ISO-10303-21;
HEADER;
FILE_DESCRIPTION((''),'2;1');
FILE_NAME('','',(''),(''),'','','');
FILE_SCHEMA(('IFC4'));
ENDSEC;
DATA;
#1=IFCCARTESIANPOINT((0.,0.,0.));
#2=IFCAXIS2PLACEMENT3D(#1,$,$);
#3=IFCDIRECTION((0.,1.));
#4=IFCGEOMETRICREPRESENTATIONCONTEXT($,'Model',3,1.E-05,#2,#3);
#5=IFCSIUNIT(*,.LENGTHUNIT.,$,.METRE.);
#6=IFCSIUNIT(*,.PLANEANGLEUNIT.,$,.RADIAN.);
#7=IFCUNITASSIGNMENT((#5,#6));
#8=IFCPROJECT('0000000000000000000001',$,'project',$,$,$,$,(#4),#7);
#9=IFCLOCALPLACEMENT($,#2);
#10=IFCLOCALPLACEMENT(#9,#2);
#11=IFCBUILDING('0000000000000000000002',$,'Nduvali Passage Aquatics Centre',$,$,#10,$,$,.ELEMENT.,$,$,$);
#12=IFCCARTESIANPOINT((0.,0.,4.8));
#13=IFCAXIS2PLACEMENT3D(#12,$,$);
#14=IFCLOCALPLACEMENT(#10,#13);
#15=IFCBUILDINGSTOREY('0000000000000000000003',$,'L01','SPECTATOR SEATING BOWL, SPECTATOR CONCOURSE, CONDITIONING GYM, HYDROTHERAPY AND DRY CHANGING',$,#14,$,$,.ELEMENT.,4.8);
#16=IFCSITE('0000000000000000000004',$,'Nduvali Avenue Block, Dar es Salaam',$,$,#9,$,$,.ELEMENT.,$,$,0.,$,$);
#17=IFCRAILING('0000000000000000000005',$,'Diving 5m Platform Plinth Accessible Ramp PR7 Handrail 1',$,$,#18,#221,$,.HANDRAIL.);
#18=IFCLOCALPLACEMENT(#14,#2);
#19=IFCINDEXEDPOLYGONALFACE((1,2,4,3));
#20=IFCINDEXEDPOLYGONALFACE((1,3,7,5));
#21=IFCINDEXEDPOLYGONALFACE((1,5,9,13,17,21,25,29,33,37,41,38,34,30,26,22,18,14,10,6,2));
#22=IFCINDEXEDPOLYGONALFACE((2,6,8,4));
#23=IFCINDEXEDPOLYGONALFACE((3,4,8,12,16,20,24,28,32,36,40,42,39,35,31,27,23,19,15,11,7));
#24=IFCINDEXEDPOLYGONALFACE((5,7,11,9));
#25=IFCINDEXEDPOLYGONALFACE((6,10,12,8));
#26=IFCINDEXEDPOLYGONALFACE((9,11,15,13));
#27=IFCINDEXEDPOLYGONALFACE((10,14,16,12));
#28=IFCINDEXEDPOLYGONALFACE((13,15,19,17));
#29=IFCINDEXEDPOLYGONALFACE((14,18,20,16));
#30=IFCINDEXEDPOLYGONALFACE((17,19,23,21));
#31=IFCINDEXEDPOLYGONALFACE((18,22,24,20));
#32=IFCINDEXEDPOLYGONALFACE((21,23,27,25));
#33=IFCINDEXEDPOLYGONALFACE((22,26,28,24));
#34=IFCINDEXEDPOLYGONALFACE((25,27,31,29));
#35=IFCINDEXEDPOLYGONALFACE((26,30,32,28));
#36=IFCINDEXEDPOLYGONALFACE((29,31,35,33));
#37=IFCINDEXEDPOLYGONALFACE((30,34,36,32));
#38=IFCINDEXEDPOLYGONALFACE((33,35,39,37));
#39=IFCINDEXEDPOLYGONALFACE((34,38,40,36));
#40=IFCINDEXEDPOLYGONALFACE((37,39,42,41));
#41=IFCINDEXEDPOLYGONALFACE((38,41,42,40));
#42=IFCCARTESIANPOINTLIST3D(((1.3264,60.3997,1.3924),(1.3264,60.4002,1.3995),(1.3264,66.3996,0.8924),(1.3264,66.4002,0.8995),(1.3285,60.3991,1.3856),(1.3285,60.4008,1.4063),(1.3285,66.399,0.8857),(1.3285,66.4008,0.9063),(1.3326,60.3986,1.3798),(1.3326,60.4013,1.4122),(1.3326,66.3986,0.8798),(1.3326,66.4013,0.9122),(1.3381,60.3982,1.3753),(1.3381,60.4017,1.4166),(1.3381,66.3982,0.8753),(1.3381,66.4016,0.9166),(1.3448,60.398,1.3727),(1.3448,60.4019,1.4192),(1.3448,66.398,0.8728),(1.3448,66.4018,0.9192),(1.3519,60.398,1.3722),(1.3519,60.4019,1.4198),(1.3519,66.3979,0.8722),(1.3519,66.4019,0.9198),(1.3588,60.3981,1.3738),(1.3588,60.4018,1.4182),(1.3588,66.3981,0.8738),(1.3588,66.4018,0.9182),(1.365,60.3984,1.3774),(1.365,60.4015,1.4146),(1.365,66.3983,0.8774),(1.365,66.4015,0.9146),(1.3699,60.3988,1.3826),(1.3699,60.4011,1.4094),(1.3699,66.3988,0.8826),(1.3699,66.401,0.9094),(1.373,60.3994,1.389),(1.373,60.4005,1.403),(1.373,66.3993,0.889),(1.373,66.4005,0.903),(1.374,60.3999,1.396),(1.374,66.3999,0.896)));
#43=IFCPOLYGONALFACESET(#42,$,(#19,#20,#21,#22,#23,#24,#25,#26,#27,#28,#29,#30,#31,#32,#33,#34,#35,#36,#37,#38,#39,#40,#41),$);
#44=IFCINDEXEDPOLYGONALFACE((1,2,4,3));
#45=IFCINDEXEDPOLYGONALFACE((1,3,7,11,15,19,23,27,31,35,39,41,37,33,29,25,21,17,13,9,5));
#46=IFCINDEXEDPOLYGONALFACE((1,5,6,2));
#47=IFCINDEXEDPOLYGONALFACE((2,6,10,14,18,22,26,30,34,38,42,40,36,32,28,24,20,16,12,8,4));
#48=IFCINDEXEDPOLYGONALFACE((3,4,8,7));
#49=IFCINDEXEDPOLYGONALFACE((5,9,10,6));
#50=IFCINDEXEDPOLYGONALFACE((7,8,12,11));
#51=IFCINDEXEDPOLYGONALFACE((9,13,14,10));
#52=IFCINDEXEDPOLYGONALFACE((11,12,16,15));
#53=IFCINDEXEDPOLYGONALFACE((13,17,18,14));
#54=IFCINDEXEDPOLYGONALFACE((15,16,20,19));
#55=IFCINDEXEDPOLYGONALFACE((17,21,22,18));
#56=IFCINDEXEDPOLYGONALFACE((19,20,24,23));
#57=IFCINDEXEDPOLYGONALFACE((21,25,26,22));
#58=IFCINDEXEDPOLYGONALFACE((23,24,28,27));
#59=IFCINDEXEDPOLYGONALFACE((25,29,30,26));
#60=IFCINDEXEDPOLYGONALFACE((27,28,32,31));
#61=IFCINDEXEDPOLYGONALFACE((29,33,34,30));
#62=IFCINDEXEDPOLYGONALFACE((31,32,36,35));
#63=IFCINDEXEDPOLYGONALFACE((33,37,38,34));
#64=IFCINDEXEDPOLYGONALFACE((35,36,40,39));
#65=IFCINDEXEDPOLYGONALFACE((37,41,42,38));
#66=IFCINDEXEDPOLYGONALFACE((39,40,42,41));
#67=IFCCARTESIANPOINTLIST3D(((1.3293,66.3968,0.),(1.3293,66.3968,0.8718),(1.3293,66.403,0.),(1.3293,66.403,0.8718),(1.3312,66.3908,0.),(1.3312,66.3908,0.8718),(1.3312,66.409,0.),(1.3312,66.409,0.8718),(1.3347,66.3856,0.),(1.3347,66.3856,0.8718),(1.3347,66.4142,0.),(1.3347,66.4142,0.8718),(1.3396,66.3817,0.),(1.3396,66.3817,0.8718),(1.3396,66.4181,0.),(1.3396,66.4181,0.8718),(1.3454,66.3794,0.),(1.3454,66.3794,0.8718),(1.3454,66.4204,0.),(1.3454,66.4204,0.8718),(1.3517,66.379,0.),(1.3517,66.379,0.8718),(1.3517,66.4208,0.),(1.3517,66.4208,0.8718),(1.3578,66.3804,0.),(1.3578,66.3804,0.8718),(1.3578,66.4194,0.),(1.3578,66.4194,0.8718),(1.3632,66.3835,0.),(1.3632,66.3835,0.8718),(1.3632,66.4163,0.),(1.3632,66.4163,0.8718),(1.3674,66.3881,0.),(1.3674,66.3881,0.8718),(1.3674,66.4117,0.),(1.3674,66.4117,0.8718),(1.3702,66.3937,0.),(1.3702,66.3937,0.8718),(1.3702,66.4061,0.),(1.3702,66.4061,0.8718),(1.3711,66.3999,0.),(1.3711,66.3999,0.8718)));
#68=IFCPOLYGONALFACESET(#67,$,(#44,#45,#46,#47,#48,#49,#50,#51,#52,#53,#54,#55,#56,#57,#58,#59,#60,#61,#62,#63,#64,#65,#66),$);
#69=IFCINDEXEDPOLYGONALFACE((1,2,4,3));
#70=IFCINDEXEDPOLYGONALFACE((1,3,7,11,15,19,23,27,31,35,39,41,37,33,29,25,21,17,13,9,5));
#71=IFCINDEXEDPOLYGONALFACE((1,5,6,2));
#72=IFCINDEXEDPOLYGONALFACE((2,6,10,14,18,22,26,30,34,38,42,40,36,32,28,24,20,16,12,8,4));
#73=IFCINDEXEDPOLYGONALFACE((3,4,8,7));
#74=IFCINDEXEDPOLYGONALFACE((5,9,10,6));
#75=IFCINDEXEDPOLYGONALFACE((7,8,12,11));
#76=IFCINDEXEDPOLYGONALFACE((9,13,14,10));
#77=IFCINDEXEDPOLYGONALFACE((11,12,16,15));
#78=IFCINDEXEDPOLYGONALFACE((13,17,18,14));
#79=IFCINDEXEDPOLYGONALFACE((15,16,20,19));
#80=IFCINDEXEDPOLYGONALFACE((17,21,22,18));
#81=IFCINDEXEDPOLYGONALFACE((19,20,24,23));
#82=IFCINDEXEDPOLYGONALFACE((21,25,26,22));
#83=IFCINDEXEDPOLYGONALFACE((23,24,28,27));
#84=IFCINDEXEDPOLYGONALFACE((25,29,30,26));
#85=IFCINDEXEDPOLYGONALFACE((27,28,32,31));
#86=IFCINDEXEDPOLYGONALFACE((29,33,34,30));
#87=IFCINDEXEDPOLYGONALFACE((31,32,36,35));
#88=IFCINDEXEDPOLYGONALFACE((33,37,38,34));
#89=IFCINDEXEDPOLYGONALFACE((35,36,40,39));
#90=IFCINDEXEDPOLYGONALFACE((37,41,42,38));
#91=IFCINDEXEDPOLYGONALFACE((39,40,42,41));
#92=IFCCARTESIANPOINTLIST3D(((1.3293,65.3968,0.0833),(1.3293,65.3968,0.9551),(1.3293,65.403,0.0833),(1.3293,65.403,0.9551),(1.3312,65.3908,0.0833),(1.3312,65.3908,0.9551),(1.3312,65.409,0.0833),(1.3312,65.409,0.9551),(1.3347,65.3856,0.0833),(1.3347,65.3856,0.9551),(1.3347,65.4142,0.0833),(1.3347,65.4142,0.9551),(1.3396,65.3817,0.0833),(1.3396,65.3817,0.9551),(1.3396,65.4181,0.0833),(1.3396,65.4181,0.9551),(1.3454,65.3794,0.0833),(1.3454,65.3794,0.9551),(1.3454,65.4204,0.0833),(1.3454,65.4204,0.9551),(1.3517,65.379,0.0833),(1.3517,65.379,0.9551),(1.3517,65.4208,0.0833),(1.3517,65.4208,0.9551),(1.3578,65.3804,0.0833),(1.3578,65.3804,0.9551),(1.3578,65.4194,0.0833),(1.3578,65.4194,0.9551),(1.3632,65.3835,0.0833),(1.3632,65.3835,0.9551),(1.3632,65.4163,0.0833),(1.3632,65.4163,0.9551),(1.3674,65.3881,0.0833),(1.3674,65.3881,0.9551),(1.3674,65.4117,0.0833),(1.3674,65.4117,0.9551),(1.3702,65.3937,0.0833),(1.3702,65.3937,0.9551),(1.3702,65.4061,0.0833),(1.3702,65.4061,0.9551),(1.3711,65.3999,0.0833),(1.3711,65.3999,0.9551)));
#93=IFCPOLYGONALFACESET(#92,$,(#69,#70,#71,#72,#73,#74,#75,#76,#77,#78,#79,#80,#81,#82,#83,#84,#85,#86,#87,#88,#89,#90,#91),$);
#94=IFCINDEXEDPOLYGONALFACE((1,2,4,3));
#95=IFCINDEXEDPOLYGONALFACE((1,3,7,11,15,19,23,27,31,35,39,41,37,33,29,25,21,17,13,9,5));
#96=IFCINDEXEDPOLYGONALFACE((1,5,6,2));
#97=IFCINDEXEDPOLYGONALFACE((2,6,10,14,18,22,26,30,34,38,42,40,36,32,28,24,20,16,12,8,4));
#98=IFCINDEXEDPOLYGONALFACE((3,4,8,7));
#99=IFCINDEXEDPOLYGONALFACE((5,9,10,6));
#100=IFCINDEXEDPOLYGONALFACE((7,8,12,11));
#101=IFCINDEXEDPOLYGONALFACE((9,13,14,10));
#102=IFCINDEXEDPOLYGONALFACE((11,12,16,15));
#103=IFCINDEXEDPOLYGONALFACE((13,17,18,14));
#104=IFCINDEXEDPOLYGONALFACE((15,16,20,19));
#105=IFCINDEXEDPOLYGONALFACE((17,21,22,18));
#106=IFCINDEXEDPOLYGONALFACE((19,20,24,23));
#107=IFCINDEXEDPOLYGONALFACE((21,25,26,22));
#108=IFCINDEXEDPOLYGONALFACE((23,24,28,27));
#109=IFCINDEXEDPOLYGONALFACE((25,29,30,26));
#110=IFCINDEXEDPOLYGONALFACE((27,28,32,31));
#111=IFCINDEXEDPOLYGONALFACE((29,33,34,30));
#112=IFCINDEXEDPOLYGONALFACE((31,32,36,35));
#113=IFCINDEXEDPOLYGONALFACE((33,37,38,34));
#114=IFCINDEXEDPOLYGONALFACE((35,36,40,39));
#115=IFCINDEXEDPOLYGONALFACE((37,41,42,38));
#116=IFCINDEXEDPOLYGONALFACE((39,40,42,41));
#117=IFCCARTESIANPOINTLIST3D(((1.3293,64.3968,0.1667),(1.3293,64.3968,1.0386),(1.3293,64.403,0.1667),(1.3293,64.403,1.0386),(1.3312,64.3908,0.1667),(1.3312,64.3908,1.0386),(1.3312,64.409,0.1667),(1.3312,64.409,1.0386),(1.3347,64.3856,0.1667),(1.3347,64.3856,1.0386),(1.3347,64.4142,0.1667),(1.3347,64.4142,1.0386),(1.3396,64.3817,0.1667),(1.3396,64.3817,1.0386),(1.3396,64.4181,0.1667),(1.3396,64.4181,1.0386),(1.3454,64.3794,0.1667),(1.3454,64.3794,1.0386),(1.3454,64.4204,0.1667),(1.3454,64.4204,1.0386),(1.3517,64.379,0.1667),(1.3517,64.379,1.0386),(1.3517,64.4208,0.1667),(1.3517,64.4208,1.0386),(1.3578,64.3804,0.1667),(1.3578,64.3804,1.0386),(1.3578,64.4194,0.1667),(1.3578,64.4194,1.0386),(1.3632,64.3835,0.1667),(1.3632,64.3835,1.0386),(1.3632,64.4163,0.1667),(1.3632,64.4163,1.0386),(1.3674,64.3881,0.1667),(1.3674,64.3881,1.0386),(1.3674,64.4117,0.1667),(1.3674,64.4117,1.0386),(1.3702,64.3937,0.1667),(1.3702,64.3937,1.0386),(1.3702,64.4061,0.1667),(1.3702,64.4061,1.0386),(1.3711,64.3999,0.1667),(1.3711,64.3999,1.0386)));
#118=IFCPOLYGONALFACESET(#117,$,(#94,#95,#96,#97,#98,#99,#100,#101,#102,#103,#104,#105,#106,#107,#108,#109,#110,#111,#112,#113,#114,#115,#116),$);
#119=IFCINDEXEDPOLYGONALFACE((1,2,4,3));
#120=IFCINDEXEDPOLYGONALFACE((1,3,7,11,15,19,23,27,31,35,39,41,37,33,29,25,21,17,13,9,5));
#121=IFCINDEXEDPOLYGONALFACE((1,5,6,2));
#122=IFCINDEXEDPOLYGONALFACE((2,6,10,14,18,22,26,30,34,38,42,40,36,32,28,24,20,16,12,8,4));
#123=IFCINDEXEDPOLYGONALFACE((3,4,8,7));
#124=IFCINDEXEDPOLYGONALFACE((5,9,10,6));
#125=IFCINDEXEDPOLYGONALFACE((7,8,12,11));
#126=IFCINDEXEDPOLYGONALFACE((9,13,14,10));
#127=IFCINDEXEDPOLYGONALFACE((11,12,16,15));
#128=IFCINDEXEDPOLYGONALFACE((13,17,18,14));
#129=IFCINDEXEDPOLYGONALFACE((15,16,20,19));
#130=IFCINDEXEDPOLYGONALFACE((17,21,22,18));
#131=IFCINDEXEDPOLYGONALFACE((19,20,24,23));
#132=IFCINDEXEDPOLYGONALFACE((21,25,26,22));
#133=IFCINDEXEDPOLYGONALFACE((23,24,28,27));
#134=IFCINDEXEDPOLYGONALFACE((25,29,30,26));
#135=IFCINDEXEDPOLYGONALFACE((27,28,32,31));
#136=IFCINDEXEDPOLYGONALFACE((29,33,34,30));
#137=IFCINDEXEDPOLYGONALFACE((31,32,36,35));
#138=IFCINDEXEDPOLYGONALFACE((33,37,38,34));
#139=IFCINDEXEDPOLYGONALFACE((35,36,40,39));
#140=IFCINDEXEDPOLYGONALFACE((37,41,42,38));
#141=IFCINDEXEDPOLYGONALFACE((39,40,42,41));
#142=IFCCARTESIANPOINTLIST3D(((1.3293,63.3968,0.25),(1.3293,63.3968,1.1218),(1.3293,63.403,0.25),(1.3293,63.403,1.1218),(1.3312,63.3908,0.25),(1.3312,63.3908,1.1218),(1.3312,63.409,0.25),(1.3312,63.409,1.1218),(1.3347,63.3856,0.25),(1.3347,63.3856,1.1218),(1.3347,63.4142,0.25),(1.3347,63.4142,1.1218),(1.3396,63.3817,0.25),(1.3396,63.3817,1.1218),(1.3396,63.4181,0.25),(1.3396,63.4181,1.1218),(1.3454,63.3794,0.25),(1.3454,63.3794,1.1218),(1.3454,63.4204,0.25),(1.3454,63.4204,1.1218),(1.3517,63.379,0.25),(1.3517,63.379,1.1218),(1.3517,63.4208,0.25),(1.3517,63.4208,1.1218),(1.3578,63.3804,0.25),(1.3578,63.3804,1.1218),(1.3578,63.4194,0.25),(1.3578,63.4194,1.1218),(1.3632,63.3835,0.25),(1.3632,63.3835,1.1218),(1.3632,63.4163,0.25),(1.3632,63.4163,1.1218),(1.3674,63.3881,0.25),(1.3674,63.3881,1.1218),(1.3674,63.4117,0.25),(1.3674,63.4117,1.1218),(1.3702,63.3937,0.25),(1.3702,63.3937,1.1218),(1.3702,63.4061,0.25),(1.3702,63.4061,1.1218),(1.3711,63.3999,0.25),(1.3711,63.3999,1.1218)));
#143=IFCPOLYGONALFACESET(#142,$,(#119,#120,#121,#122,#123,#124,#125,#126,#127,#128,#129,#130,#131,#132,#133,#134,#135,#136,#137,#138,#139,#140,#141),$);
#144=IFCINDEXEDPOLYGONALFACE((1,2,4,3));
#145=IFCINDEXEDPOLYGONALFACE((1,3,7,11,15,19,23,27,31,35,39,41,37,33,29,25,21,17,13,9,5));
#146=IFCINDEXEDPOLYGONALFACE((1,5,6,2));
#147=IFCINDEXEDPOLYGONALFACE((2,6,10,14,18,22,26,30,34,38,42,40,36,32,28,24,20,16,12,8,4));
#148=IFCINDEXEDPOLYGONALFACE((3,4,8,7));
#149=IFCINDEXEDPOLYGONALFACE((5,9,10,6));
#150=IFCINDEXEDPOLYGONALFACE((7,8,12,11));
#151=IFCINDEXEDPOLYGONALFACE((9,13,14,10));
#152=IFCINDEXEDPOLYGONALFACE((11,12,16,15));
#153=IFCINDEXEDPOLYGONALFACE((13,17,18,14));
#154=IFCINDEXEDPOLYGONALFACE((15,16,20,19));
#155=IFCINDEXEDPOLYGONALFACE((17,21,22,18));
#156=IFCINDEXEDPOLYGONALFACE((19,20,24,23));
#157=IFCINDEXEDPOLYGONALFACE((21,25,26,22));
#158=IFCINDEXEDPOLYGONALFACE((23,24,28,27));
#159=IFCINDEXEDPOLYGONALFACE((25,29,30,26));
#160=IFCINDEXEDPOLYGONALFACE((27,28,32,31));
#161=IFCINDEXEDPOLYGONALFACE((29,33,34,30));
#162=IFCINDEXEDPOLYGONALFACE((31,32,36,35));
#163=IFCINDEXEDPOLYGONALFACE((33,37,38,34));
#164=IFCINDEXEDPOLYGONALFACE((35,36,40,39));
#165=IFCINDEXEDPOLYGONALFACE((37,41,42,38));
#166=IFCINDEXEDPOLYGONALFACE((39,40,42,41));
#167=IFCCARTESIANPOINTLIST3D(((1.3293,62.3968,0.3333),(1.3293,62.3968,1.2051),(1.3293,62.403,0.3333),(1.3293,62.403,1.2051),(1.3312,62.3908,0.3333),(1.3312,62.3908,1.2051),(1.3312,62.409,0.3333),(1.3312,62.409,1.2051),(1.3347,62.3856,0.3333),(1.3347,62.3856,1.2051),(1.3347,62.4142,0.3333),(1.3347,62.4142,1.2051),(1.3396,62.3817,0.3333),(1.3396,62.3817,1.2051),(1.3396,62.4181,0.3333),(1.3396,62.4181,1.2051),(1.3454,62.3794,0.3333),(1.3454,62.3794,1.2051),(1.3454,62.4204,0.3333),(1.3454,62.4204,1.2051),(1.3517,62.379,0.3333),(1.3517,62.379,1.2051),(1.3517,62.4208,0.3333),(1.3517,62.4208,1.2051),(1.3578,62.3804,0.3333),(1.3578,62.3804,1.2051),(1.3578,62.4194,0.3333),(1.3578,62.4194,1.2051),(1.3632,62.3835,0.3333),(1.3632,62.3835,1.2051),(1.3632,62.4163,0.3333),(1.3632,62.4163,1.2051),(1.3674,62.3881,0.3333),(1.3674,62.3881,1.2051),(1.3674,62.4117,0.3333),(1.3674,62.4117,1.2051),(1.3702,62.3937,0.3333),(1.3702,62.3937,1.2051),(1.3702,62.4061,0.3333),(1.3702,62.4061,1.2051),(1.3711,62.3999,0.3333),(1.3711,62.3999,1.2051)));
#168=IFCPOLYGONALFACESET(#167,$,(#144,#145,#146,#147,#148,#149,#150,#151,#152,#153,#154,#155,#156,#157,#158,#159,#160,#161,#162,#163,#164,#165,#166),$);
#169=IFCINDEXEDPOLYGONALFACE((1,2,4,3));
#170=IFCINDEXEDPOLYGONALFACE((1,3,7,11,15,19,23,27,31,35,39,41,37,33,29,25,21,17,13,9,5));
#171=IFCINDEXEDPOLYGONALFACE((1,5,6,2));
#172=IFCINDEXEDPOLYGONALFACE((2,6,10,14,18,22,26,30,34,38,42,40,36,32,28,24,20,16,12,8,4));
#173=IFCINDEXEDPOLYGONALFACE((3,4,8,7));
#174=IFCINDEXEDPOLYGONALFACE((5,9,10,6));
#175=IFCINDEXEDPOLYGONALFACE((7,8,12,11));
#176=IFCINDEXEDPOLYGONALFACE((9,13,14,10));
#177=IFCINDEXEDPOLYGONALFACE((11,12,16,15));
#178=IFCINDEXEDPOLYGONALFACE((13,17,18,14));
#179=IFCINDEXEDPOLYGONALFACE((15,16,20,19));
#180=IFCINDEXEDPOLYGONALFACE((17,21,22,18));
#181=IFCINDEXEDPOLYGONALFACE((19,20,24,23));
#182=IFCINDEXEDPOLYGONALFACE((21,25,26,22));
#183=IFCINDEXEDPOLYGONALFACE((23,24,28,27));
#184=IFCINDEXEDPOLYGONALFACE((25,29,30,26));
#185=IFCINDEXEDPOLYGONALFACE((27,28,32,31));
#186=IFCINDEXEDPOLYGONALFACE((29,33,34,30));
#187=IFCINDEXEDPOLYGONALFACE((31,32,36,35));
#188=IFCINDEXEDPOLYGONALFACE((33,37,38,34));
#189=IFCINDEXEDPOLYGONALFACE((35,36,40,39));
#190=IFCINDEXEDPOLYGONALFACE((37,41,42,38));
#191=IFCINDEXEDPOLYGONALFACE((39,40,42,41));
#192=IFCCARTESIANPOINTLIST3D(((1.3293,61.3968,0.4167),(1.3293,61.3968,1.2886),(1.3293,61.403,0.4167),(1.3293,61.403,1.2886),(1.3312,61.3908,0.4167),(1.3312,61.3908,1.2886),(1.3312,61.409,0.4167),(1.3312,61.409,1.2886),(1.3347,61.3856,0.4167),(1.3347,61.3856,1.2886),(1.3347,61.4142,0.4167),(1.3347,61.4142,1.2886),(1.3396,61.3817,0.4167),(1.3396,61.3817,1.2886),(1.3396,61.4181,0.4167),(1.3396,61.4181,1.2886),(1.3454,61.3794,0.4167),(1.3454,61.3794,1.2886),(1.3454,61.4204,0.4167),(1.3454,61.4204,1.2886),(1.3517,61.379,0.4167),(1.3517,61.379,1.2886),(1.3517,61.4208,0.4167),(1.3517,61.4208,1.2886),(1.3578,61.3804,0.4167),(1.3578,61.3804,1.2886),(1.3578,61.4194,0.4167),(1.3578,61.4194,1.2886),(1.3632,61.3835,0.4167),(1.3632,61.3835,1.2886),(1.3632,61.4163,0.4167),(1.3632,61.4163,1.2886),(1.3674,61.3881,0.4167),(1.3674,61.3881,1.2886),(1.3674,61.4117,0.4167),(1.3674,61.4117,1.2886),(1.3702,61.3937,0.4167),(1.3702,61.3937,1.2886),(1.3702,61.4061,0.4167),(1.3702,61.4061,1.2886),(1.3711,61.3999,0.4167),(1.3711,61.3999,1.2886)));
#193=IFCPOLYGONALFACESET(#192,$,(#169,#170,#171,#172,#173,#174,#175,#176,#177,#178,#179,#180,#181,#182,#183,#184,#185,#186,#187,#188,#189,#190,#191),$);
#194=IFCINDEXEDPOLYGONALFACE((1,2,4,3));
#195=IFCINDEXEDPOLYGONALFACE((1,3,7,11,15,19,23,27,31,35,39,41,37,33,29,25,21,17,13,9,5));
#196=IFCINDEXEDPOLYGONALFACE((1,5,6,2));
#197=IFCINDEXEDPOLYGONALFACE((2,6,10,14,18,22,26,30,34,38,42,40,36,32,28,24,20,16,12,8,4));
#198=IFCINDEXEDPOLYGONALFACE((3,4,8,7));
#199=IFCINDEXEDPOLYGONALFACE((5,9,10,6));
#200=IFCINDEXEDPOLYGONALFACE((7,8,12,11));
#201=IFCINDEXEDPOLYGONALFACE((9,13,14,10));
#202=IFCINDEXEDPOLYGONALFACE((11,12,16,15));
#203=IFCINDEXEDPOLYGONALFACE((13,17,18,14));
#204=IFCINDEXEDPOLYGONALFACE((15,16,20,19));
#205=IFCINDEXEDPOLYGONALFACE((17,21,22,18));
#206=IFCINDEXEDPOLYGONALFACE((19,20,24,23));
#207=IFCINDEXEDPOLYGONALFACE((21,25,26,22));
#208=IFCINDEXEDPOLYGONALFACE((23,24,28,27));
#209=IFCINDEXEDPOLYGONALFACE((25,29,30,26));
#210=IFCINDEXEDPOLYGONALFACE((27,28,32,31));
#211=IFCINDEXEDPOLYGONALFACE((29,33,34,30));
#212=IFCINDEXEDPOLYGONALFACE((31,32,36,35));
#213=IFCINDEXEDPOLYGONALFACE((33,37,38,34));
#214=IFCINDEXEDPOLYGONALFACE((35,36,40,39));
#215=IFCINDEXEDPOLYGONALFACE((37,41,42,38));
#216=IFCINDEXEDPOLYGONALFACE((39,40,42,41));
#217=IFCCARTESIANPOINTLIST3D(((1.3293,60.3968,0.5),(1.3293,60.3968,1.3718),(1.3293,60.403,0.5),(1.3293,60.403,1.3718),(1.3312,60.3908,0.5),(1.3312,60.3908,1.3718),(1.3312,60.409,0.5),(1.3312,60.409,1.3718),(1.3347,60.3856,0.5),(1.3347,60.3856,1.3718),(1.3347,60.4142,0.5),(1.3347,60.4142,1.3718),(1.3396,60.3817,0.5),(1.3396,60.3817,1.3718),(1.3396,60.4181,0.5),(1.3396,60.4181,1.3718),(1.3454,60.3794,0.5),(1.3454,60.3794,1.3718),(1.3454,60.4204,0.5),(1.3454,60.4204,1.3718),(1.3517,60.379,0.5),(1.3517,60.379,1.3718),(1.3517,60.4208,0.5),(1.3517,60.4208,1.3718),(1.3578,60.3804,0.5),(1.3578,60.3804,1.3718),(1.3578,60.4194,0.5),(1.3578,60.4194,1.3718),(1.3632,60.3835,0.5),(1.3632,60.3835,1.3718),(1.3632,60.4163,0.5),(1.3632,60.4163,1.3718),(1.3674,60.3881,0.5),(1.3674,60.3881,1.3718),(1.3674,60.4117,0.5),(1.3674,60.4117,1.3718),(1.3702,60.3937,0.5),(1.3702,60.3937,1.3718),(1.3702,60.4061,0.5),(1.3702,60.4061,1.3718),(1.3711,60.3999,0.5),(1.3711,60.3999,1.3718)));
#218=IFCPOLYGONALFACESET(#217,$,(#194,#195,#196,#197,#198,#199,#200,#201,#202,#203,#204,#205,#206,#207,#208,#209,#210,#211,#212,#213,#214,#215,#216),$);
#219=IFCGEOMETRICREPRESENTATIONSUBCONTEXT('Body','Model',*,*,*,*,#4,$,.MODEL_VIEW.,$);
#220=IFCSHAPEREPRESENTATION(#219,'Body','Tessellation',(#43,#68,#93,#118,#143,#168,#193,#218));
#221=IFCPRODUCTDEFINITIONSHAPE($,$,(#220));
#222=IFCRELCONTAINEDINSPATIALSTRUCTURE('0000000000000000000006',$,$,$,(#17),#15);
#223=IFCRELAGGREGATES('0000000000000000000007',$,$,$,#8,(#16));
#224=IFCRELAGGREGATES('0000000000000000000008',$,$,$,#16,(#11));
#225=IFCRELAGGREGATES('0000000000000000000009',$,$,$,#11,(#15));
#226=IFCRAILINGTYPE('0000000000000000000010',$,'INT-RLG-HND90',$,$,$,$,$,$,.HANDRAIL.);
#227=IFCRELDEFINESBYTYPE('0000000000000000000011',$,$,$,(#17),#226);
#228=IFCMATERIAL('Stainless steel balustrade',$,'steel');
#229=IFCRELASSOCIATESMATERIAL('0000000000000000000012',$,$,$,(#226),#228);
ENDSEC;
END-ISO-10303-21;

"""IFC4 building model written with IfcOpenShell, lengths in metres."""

from ifc_helpers import new_model, si_unit, direction, frame, origin, origin_2d, place, context, subcontext, project, spatial, circle, extrude, material, type_object, element, save


model = new_model("IFC4")

# Units and contexts
model_context = context("Model", 3, precision=1e-05, world=origin(), true_north=direction((0.0, 1.0)))
body_context = subcontext(model_context, "Body", "Model", "MODEL_VIEW")
ifc_project = project(units=[si_unit("LENGTHUNIT", "METRE"), si_unit("PLANEANGLEUNIT", "RADIAN")], contexts=[model_context])

# Site, building, storey
site_placement = place(None, origin())
site = spatial("IfcSite", under=ifc_project, at=site_placement, Name="Nduvali Avenue Block, Dar es Salaam", CompositionType="ELEMENT", RefElevation=0.0)
building_placement = place(site_placement, origin())
building = spatial("IfcBuilding", under=site, at=building_placement, Name="Nduvali Passage Aquatics Centre", CompositionType="ELEMENT")
storey_placement = place(building_placement, frame((0.0, 0.0, 4.8)))
storey = spatial("IfcBuildingStorey", under=building, at=storey_placement, Name="L01", Description="SPECTATOR SEATING BOWL, SPECTATOR CONCOURSE, CONDITIONING GYM, HYDROTHERAPY AND DRY CHANGING", CompositionType="ELEMENT", Elevation=4.8)

# Railing
ifc_material_1 = material(Name="Stainless steel balustrade", Category="steel")
railing_type = type_object("IfcRailingType", Name="INT-RLG-HND90", PredefinedType="HANDRAIL", material=ifc_material_1)
railing_placement = place(storey_placement, frame((1.3501, 66.3999, 0.0)))
element("IfcRailing", 1, at=railing_placement, inside=storey, type_object=railing_type, Name="Diving 5m Platform Plinth Accessible Ramp PR7 Handrail 1", PredefinedType="HANDRAIL", context=body_context, shape_type="SweptSolid", body=[
    extrude(circle(Radius=0.0239, at=origin_2d()), frame((0.0, 0.0, 0.896), z_axis=(0.0, -0.996546, 0.083045), x_axis=(1.0, 0.0, 0.0)), (0.0, 0.0, 1.0), 6.0208),
    extrude(circle(Radius=0.021, at=origin_2d()), origin(), (0.0, 0.0, 1.0), 0.8718),
    extrude(circle(Radius=0.021, at=origin_2d()), frame((0.0, -1.0, 0.0833)), (0.0, 0.0, 1.0), 0.8718),
    extrude(circle(Radius=0.021, at=origin_2d()), frame((0.0, -2.0, 0.1667)), (0.0, 0.0, 1.0), 0.8718),
    extrude(circle(Radius=0.021, at=origin_2d()), frame((0.0, -3.0, 0.25)), (0.0, 0.0, 1.0), 0.8718),
    extrude(circle(Radius=0.021, at=origin_2d()), frame((0.0, -4.0, 0.3333)), (0.0, 0.0, 1.0), 0.8718),
    extrude(circle(Radius=0.021, at=origin_2d()), frame((0.0, -5.0, 0.4167)), (0.0, 0.0, 1.0), 0.8718),
    extrude(circle(Radius=0.021, at=origin_2d()), frame((0.0, -6.0, 0.5)), (0.0, 0.0, 1.0), 0.8718),
])

save(model, "model.ifc")
